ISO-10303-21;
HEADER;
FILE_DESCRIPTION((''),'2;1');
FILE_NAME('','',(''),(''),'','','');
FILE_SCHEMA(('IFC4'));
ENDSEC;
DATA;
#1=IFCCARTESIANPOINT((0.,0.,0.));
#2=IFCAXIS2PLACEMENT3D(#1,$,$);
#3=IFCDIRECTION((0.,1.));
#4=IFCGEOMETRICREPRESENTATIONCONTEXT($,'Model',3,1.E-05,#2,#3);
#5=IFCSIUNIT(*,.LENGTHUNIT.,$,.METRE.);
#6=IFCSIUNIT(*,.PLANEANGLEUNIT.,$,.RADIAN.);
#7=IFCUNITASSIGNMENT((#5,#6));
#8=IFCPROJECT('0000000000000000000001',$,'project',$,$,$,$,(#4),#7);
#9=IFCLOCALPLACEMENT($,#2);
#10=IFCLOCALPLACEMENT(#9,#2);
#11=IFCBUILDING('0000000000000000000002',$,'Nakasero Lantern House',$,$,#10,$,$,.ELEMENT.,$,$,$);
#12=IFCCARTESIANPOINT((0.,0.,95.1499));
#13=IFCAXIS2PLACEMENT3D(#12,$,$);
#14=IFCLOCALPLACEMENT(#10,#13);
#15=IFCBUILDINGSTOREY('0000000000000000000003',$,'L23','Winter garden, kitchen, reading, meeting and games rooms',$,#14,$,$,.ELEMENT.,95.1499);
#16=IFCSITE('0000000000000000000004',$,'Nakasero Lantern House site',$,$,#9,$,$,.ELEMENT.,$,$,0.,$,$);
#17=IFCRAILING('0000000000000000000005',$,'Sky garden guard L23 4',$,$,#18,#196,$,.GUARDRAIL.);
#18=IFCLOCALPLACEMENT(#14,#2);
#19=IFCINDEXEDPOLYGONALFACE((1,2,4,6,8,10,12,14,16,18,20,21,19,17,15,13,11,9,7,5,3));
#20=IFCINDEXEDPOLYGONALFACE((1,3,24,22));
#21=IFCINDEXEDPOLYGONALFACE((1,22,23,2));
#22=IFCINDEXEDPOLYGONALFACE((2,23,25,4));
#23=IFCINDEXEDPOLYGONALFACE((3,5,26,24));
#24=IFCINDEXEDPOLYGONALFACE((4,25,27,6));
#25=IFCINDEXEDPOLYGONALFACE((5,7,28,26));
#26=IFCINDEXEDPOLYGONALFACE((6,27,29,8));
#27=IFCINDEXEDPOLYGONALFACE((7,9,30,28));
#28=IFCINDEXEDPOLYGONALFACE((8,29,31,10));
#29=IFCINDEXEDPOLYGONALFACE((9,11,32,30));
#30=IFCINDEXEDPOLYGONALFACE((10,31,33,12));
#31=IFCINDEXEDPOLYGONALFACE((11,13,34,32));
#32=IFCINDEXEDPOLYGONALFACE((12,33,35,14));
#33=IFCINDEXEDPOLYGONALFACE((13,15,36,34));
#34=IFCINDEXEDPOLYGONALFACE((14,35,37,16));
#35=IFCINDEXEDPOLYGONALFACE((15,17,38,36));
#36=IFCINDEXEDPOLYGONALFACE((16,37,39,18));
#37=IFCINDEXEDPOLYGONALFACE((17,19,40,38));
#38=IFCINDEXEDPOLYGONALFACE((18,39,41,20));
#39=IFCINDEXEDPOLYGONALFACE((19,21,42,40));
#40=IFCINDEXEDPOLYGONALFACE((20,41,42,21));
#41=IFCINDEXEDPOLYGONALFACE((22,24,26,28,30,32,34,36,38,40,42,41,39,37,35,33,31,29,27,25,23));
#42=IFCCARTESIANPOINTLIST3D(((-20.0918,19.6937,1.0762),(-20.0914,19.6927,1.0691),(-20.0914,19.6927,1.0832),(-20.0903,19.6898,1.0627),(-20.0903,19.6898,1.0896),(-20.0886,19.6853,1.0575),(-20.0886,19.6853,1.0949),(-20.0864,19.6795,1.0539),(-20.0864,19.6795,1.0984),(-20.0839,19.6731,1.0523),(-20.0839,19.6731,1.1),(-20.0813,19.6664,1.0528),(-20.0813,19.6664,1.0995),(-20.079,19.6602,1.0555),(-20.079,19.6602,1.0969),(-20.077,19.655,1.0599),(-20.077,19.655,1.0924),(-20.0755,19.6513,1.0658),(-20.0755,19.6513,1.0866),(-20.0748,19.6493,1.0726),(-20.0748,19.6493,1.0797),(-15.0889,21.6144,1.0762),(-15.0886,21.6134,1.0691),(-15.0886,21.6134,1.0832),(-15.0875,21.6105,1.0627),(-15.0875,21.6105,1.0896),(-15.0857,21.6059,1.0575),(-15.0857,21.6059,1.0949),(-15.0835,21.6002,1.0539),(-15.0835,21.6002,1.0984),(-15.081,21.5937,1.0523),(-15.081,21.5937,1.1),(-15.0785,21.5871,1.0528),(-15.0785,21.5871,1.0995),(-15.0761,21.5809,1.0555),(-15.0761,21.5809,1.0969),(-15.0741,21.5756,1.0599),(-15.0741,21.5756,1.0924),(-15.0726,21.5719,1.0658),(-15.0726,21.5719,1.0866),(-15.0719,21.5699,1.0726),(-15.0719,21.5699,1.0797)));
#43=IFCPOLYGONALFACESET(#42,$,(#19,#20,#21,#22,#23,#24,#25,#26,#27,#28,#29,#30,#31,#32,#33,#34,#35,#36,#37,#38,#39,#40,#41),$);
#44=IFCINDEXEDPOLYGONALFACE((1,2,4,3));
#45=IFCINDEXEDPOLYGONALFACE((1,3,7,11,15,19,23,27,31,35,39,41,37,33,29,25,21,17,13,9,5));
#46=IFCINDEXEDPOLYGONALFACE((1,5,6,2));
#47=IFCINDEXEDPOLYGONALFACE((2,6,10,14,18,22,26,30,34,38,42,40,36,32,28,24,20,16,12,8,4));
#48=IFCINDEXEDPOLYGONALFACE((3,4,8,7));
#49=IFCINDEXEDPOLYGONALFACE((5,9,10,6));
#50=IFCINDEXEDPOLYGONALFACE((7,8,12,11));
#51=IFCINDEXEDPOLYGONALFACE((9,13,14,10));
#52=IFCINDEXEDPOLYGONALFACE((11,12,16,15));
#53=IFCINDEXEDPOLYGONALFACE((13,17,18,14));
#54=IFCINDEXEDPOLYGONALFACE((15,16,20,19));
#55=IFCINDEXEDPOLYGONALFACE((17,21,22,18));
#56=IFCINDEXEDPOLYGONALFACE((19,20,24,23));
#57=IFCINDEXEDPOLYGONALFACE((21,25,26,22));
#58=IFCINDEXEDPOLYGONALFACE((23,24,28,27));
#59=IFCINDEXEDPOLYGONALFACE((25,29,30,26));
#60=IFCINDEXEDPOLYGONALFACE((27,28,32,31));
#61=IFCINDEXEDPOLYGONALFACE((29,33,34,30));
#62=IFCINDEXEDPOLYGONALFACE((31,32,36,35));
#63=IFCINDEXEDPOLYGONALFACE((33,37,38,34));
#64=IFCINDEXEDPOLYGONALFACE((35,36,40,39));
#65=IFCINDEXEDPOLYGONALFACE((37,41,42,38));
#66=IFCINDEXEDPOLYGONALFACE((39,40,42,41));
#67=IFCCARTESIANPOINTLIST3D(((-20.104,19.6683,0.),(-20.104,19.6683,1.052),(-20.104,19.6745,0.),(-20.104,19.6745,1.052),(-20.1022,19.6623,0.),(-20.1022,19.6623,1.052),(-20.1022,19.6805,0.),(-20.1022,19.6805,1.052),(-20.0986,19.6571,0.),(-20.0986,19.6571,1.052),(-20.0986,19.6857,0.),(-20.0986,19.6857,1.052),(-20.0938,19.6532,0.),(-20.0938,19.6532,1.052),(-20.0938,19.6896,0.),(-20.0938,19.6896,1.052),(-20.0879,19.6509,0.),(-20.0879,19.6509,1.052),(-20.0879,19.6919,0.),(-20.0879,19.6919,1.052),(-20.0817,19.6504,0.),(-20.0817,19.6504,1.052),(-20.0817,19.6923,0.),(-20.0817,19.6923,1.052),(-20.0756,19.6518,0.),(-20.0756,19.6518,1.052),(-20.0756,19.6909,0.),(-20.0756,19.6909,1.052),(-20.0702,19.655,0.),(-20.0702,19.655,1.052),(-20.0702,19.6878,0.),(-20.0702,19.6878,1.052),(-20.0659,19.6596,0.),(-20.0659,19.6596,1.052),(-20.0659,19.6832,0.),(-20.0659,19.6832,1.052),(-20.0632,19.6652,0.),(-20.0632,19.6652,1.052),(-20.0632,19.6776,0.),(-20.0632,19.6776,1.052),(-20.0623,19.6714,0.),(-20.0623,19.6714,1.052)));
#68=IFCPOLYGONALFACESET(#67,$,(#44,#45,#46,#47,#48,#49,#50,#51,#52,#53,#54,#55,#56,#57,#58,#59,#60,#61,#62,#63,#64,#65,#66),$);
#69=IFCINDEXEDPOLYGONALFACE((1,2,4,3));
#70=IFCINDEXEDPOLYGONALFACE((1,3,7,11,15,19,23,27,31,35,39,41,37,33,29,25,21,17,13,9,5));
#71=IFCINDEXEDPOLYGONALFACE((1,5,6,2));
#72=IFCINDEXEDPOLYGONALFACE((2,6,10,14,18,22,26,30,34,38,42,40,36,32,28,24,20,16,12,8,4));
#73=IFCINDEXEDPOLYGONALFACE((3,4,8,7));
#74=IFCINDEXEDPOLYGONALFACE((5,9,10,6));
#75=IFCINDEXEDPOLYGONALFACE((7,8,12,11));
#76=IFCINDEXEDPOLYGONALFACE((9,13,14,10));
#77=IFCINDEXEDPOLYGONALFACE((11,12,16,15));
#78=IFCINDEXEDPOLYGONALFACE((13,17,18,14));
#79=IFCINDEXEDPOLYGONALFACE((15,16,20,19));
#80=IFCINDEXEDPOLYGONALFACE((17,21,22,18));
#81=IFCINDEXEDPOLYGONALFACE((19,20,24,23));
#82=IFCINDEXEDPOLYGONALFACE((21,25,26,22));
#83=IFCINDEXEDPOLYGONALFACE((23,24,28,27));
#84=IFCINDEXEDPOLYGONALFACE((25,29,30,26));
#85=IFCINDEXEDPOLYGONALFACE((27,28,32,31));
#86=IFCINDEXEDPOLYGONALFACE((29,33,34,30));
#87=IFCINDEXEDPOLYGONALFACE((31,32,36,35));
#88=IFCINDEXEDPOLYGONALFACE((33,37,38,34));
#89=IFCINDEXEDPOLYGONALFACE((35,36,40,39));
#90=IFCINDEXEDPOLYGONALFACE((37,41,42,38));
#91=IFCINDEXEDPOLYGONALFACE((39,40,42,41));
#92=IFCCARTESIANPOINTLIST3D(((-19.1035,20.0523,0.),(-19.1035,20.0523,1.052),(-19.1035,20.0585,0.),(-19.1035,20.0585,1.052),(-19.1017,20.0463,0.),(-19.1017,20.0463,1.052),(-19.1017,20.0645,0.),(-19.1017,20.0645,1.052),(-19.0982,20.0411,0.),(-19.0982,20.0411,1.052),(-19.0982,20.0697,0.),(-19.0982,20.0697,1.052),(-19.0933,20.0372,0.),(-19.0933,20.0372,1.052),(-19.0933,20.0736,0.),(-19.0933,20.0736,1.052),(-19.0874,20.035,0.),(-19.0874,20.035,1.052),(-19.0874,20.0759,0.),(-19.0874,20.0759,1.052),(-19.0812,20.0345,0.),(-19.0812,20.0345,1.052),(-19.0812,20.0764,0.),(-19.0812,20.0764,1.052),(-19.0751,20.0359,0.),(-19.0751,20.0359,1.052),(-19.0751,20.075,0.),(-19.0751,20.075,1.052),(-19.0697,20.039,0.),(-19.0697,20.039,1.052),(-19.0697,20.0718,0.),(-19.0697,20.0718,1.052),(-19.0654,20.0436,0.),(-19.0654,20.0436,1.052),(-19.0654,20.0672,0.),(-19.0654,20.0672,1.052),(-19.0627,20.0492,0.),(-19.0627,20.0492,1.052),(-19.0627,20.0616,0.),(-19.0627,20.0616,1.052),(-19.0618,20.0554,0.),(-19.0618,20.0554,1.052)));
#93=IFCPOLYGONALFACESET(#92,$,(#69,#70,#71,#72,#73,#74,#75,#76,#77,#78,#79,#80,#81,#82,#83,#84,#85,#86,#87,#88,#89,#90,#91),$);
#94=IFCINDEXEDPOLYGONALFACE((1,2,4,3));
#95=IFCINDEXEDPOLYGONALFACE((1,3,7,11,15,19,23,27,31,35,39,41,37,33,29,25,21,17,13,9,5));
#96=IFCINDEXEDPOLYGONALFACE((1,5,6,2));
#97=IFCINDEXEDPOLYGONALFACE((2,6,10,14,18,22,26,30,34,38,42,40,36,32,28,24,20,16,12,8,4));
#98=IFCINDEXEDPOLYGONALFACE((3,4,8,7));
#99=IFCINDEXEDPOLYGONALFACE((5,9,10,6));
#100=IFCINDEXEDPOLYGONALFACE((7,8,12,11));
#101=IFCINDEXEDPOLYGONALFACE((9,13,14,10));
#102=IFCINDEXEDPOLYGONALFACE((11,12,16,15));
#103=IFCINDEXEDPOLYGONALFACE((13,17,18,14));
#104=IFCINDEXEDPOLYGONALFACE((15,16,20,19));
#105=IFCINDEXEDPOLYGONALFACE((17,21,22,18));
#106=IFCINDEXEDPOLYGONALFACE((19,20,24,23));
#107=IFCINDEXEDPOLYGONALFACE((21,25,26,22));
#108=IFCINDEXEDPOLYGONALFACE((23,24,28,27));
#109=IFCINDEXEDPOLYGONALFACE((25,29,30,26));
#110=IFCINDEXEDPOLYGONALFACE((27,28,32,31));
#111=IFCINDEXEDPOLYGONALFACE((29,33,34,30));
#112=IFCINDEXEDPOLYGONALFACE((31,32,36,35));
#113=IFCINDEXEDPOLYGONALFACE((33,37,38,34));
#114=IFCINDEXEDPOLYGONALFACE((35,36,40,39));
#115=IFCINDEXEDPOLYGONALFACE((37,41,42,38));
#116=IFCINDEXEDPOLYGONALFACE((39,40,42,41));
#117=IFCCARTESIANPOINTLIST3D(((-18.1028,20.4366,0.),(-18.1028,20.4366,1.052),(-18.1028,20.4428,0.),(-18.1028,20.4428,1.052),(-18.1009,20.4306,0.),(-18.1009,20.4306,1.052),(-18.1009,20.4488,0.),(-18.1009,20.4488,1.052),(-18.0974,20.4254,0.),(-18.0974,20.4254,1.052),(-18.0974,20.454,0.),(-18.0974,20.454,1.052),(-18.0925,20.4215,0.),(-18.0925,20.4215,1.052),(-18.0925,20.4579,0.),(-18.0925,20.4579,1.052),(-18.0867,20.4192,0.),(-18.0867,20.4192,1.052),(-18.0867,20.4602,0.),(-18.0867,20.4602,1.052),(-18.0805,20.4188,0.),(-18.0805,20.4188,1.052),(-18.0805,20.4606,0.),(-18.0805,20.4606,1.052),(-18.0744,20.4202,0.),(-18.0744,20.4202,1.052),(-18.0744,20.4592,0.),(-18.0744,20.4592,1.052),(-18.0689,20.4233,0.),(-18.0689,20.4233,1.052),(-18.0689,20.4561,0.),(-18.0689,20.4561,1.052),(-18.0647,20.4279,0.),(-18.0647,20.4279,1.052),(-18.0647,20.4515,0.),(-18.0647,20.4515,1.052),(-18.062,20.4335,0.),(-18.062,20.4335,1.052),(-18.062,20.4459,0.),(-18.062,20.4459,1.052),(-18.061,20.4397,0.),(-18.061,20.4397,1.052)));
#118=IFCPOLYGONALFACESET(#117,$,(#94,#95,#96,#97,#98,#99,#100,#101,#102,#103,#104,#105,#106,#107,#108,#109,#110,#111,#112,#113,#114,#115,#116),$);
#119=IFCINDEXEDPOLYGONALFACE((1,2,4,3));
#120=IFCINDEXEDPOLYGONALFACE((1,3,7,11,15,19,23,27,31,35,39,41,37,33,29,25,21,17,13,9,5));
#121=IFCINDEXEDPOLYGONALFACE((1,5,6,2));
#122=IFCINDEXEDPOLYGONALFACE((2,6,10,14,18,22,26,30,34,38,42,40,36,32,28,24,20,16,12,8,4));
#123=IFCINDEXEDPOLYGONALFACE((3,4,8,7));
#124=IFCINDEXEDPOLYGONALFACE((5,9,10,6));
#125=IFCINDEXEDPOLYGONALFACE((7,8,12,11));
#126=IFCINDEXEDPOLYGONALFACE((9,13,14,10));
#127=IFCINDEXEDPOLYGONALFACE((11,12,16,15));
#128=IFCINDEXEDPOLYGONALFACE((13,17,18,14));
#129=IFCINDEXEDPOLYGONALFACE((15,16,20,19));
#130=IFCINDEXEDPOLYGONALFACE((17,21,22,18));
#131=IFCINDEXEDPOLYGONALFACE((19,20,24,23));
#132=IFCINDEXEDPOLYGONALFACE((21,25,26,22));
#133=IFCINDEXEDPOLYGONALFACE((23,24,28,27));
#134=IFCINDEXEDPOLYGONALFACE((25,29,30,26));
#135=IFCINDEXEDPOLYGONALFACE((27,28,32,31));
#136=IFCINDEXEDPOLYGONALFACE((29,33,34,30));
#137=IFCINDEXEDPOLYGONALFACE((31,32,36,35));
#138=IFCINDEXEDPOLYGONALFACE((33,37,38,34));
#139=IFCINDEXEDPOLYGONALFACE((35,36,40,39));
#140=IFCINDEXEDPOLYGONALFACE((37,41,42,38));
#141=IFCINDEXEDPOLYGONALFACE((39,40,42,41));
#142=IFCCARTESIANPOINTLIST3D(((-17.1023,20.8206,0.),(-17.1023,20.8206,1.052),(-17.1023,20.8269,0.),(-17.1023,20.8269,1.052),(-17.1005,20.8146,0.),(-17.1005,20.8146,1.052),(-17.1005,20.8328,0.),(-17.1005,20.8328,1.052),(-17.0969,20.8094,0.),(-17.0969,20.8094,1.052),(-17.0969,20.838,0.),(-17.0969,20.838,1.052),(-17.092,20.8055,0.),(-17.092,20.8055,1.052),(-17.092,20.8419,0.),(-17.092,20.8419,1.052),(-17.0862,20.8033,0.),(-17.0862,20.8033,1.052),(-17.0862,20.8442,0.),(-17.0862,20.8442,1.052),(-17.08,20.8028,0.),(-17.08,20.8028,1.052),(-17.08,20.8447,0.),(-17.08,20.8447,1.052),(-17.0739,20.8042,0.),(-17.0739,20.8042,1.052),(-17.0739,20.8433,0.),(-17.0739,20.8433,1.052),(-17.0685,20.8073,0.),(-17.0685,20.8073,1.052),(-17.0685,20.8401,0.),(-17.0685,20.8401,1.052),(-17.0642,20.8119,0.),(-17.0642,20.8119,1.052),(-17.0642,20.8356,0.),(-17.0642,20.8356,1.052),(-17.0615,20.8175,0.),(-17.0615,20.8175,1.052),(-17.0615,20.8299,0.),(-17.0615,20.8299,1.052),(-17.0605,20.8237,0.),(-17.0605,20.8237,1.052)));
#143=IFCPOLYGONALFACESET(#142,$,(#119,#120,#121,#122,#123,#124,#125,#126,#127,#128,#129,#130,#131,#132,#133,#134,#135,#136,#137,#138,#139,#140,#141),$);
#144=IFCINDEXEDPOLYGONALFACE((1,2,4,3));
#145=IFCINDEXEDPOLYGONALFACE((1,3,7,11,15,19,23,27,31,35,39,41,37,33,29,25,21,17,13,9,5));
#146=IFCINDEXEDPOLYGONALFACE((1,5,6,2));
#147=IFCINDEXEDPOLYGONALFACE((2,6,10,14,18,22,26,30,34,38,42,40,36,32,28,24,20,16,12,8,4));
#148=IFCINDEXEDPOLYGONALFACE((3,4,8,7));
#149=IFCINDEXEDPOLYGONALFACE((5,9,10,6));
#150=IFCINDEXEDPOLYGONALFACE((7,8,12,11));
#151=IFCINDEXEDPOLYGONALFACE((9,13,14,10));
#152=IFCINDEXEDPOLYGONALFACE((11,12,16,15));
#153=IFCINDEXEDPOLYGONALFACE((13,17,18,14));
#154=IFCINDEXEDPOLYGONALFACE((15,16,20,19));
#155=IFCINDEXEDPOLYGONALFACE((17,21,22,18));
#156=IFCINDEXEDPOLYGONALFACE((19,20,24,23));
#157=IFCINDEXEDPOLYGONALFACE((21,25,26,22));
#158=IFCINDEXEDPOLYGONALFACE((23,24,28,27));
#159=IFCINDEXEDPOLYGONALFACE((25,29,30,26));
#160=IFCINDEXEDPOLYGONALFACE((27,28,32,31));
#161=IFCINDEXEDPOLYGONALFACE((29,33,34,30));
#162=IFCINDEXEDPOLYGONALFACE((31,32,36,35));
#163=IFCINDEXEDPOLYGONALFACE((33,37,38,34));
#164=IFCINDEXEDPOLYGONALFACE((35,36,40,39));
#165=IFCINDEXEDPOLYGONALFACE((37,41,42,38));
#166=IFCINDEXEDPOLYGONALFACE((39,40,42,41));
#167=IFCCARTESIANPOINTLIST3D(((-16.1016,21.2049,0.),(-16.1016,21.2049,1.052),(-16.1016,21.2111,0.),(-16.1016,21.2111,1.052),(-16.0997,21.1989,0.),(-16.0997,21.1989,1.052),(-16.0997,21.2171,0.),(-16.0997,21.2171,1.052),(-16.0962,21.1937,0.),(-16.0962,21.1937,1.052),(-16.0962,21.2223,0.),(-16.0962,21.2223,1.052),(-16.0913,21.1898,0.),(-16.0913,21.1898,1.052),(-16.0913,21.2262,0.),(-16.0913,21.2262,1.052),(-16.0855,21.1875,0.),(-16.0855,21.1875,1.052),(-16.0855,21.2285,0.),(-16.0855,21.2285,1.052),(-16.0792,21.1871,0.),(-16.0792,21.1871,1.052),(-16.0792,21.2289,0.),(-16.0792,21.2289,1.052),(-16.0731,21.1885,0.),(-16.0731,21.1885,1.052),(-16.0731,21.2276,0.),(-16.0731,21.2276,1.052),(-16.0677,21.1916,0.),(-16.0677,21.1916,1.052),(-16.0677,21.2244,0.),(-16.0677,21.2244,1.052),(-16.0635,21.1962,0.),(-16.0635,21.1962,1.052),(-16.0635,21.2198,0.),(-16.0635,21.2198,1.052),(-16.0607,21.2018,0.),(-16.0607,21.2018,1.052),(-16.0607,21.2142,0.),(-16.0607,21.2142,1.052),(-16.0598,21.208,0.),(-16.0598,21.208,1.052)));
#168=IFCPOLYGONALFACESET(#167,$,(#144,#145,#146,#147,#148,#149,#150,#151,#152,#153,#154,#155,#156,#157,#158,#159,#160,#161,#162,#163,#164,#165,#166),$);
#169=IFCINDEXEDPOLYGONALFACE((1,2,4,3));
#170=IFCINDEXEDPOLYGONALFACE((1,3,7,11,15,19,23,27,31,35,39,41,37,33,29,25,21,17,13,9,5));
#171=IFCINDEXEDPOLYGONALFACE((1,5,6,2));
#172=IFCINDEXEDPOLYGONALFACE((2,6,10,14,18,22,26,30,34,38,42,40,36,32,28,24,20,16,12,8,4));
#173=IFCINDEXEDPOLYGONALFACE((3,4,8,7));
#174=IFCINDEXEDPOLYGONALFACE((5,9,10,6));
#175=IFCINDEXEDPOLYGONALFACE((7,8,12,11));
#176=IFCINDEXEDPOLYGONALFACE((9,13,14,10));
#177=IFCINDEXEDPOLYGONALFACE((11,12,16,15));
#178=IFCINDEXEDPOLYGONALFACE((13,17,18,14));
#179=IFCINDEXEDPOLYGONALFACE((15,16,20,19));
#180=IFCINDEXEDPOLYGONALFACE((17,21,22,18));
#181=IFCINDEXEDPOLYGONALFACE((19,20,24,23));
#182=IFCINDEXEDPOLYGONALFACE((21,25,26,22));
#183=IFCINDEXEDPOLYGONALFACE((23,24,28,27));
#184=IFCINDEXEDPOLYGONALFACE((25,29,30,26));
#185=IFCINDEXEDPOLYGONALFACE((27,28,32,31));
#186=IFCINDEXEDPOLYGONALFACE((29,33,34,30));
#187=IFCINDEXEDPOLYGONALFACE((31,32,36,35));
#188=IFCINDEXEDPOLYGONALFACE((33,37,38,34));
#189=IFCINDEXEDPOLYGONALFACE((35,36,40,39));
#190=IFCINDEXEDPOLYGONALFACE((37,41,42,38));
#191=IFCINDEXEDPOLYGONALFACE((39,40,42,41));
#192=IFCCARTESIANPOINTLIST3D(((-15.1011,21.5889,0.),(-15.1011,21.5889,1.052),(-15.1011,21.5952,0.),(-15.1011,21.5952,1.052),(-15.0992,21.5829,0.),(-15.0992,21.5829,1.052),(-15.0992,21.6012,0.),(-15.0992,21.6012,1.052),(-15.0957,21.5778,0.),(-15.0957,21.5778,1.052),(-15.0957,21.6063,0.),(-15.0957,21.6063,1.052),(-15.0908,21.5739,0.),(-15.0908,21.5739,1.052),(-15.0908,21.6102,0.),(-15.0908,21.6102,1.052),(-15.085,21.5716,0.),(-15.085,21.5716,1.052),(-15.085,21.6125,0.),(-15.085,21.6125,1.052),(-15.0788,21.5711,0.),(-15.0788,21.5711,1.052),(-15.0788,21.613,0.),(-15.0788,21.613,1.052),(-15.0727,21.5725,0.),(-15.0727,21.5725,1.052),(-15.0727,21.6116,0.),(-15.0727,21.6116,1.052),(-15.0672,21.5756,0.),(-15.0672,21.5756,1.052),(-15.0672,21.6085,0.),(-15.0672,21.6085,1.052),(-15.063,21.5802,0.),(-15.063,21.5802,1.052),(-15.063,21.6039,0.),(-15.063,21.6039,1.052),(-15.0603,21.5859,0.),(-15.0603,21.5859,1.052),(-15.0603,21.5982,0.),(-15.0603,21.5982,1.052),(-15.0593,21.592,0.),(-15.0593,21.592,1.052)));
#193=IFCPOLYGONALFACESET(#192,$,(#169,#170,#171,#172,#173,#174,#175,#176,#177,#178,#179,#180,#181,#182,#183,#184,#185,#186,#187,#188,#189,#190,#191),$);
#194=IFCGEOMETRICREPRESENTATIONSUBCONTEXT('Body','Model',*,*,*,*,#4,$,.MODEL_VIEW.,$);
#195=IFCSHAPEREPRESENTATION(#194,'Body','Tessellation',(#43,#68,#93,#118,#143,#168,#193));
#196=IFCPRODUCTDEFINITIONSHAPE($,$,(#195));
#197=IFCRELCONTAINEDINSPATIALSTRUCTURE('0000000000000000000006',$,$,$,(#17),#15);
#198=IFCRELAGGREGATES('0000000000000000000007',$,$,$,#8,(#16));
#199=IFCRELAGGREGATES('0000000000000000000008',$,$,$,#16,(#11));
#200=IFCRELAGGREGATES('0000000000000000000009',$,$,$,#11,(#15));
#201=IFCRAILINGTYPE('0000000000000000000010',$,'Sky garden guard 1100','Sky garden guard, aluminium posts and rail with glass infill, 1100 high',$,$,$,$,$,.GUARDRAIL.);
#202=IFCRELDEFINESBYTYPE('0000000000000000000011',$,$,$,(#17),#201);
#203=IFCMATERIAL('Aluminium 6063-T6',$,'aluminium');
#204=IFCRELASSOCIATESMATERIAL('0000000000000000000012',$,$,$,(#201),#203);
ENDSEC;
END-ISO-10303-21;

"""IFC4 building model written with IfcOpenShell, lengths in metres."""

from ifc_helpers import new_model, si_unit, direction, frame, origin, origin_2d, place, context, subcontext, project, spatial, circle, extrude, material, type_object, element, save


model = new_model("IFC4")

# Units and contexts
model_context = context("Model", 3, precision=1e-05, world=origin(), true_north=direction((0.0, 1.0)))
body_context = subcontext(model_context, "Body", "Model", "MODEL_VIEW")
ifc_project = project(units=[si_unit("LENGTHUNIT", "METRE"), si_unit("PLANEANGLEUNIT", "RADIAN")], contexts=[model_context])

# Site, building, storey
site_placement = place(None, origin())
site = spatial("IfcSite", under=ifc_project, at=site_placement, Name="Nakasero Lantern House site", CompositionType="ELEMENT", RefElevation=0.0)
building_placement = place(site_placement, origin())
building = spatial("IfcBuilding", under=site, at=building_placement, Name="Nakasero Lantern House", CompositionType="ELEMENT")
storey_placement = place(building_placement, frame((0.0, 0.0, 95.1499)))
storey = spatial("IfcBuildingStorey", under=building, at=storey_placement, Name="L23", Description="Winter garden, kitchen, reading, meeting and games rooms", CompositionType="ELEMENT", Elevation=95.1499)

# Railing
ifc_material_1 = material(Name="Aluminium 6063-T6", Category="aluminium")
railing_type = type_object("IfcRailingType", Name="Sky garden guard 1100", Description="Sky garden guard, aluminium posts and rail with glass infill, 1100 high", PredefinedType="GUARDRAIL", material=ifc_material_1)
railing_1_placement = place(storey_placement, frame((-20.0833, 19.6714, 0.0)))
element("IfcRailing", 1, at=railing_1_placement, inside=storey, type_object=railing_type, Name="Sky garden guard L23 4", PredefinedType="GUARDRAIL", context=body_context, shape_type="SweptSolid", body=[
    extrude(circle(Radius=0.0239, at=origin_2d()), frame((0.0, 0.0, 1.0762), z_axis=(0.933567, 0.358402, 0.0), x_axis=(-0.358402, 0.933567, 0.0)), (0.0, 0.0, 1.0), 5.3589),
    extrude(circle(Radius=0.021, at=origin_2d()), origin(), (0.0, 0.0, 1.0), 1.052),
    extrude(circle(Radius=0.021, at=origin_2d()), frame((1.0005, 0.384, 0.0)), (0.0, 0.0, 1.0), 1.052),
    extrude(circle(Radius=0.021, at=origin_2d()), frame((2.0012, 0.7683, 0.0)), (0.0, 0.0, 1.0), 1.052),
    extrude(circle(Radius=0.021, at=origin_2d()), frame((3.0017, 1.1523, 0.0)), (0.0, 0.0, 1.0), 1.052),
    extrude(circle(Radius=0.021, at=origin_2d()), frame((4.0024, 1.5366, 0.0)), (0.0, 0.0, 1.0), 1.052),
    extrude(circle(Radius=0.021, at=origin_2d()), frame((5.0029, 1.9207, 0.0)), (0.0, 0.0, 1.0), 1.052),
])

save(model, "model.ifc")
